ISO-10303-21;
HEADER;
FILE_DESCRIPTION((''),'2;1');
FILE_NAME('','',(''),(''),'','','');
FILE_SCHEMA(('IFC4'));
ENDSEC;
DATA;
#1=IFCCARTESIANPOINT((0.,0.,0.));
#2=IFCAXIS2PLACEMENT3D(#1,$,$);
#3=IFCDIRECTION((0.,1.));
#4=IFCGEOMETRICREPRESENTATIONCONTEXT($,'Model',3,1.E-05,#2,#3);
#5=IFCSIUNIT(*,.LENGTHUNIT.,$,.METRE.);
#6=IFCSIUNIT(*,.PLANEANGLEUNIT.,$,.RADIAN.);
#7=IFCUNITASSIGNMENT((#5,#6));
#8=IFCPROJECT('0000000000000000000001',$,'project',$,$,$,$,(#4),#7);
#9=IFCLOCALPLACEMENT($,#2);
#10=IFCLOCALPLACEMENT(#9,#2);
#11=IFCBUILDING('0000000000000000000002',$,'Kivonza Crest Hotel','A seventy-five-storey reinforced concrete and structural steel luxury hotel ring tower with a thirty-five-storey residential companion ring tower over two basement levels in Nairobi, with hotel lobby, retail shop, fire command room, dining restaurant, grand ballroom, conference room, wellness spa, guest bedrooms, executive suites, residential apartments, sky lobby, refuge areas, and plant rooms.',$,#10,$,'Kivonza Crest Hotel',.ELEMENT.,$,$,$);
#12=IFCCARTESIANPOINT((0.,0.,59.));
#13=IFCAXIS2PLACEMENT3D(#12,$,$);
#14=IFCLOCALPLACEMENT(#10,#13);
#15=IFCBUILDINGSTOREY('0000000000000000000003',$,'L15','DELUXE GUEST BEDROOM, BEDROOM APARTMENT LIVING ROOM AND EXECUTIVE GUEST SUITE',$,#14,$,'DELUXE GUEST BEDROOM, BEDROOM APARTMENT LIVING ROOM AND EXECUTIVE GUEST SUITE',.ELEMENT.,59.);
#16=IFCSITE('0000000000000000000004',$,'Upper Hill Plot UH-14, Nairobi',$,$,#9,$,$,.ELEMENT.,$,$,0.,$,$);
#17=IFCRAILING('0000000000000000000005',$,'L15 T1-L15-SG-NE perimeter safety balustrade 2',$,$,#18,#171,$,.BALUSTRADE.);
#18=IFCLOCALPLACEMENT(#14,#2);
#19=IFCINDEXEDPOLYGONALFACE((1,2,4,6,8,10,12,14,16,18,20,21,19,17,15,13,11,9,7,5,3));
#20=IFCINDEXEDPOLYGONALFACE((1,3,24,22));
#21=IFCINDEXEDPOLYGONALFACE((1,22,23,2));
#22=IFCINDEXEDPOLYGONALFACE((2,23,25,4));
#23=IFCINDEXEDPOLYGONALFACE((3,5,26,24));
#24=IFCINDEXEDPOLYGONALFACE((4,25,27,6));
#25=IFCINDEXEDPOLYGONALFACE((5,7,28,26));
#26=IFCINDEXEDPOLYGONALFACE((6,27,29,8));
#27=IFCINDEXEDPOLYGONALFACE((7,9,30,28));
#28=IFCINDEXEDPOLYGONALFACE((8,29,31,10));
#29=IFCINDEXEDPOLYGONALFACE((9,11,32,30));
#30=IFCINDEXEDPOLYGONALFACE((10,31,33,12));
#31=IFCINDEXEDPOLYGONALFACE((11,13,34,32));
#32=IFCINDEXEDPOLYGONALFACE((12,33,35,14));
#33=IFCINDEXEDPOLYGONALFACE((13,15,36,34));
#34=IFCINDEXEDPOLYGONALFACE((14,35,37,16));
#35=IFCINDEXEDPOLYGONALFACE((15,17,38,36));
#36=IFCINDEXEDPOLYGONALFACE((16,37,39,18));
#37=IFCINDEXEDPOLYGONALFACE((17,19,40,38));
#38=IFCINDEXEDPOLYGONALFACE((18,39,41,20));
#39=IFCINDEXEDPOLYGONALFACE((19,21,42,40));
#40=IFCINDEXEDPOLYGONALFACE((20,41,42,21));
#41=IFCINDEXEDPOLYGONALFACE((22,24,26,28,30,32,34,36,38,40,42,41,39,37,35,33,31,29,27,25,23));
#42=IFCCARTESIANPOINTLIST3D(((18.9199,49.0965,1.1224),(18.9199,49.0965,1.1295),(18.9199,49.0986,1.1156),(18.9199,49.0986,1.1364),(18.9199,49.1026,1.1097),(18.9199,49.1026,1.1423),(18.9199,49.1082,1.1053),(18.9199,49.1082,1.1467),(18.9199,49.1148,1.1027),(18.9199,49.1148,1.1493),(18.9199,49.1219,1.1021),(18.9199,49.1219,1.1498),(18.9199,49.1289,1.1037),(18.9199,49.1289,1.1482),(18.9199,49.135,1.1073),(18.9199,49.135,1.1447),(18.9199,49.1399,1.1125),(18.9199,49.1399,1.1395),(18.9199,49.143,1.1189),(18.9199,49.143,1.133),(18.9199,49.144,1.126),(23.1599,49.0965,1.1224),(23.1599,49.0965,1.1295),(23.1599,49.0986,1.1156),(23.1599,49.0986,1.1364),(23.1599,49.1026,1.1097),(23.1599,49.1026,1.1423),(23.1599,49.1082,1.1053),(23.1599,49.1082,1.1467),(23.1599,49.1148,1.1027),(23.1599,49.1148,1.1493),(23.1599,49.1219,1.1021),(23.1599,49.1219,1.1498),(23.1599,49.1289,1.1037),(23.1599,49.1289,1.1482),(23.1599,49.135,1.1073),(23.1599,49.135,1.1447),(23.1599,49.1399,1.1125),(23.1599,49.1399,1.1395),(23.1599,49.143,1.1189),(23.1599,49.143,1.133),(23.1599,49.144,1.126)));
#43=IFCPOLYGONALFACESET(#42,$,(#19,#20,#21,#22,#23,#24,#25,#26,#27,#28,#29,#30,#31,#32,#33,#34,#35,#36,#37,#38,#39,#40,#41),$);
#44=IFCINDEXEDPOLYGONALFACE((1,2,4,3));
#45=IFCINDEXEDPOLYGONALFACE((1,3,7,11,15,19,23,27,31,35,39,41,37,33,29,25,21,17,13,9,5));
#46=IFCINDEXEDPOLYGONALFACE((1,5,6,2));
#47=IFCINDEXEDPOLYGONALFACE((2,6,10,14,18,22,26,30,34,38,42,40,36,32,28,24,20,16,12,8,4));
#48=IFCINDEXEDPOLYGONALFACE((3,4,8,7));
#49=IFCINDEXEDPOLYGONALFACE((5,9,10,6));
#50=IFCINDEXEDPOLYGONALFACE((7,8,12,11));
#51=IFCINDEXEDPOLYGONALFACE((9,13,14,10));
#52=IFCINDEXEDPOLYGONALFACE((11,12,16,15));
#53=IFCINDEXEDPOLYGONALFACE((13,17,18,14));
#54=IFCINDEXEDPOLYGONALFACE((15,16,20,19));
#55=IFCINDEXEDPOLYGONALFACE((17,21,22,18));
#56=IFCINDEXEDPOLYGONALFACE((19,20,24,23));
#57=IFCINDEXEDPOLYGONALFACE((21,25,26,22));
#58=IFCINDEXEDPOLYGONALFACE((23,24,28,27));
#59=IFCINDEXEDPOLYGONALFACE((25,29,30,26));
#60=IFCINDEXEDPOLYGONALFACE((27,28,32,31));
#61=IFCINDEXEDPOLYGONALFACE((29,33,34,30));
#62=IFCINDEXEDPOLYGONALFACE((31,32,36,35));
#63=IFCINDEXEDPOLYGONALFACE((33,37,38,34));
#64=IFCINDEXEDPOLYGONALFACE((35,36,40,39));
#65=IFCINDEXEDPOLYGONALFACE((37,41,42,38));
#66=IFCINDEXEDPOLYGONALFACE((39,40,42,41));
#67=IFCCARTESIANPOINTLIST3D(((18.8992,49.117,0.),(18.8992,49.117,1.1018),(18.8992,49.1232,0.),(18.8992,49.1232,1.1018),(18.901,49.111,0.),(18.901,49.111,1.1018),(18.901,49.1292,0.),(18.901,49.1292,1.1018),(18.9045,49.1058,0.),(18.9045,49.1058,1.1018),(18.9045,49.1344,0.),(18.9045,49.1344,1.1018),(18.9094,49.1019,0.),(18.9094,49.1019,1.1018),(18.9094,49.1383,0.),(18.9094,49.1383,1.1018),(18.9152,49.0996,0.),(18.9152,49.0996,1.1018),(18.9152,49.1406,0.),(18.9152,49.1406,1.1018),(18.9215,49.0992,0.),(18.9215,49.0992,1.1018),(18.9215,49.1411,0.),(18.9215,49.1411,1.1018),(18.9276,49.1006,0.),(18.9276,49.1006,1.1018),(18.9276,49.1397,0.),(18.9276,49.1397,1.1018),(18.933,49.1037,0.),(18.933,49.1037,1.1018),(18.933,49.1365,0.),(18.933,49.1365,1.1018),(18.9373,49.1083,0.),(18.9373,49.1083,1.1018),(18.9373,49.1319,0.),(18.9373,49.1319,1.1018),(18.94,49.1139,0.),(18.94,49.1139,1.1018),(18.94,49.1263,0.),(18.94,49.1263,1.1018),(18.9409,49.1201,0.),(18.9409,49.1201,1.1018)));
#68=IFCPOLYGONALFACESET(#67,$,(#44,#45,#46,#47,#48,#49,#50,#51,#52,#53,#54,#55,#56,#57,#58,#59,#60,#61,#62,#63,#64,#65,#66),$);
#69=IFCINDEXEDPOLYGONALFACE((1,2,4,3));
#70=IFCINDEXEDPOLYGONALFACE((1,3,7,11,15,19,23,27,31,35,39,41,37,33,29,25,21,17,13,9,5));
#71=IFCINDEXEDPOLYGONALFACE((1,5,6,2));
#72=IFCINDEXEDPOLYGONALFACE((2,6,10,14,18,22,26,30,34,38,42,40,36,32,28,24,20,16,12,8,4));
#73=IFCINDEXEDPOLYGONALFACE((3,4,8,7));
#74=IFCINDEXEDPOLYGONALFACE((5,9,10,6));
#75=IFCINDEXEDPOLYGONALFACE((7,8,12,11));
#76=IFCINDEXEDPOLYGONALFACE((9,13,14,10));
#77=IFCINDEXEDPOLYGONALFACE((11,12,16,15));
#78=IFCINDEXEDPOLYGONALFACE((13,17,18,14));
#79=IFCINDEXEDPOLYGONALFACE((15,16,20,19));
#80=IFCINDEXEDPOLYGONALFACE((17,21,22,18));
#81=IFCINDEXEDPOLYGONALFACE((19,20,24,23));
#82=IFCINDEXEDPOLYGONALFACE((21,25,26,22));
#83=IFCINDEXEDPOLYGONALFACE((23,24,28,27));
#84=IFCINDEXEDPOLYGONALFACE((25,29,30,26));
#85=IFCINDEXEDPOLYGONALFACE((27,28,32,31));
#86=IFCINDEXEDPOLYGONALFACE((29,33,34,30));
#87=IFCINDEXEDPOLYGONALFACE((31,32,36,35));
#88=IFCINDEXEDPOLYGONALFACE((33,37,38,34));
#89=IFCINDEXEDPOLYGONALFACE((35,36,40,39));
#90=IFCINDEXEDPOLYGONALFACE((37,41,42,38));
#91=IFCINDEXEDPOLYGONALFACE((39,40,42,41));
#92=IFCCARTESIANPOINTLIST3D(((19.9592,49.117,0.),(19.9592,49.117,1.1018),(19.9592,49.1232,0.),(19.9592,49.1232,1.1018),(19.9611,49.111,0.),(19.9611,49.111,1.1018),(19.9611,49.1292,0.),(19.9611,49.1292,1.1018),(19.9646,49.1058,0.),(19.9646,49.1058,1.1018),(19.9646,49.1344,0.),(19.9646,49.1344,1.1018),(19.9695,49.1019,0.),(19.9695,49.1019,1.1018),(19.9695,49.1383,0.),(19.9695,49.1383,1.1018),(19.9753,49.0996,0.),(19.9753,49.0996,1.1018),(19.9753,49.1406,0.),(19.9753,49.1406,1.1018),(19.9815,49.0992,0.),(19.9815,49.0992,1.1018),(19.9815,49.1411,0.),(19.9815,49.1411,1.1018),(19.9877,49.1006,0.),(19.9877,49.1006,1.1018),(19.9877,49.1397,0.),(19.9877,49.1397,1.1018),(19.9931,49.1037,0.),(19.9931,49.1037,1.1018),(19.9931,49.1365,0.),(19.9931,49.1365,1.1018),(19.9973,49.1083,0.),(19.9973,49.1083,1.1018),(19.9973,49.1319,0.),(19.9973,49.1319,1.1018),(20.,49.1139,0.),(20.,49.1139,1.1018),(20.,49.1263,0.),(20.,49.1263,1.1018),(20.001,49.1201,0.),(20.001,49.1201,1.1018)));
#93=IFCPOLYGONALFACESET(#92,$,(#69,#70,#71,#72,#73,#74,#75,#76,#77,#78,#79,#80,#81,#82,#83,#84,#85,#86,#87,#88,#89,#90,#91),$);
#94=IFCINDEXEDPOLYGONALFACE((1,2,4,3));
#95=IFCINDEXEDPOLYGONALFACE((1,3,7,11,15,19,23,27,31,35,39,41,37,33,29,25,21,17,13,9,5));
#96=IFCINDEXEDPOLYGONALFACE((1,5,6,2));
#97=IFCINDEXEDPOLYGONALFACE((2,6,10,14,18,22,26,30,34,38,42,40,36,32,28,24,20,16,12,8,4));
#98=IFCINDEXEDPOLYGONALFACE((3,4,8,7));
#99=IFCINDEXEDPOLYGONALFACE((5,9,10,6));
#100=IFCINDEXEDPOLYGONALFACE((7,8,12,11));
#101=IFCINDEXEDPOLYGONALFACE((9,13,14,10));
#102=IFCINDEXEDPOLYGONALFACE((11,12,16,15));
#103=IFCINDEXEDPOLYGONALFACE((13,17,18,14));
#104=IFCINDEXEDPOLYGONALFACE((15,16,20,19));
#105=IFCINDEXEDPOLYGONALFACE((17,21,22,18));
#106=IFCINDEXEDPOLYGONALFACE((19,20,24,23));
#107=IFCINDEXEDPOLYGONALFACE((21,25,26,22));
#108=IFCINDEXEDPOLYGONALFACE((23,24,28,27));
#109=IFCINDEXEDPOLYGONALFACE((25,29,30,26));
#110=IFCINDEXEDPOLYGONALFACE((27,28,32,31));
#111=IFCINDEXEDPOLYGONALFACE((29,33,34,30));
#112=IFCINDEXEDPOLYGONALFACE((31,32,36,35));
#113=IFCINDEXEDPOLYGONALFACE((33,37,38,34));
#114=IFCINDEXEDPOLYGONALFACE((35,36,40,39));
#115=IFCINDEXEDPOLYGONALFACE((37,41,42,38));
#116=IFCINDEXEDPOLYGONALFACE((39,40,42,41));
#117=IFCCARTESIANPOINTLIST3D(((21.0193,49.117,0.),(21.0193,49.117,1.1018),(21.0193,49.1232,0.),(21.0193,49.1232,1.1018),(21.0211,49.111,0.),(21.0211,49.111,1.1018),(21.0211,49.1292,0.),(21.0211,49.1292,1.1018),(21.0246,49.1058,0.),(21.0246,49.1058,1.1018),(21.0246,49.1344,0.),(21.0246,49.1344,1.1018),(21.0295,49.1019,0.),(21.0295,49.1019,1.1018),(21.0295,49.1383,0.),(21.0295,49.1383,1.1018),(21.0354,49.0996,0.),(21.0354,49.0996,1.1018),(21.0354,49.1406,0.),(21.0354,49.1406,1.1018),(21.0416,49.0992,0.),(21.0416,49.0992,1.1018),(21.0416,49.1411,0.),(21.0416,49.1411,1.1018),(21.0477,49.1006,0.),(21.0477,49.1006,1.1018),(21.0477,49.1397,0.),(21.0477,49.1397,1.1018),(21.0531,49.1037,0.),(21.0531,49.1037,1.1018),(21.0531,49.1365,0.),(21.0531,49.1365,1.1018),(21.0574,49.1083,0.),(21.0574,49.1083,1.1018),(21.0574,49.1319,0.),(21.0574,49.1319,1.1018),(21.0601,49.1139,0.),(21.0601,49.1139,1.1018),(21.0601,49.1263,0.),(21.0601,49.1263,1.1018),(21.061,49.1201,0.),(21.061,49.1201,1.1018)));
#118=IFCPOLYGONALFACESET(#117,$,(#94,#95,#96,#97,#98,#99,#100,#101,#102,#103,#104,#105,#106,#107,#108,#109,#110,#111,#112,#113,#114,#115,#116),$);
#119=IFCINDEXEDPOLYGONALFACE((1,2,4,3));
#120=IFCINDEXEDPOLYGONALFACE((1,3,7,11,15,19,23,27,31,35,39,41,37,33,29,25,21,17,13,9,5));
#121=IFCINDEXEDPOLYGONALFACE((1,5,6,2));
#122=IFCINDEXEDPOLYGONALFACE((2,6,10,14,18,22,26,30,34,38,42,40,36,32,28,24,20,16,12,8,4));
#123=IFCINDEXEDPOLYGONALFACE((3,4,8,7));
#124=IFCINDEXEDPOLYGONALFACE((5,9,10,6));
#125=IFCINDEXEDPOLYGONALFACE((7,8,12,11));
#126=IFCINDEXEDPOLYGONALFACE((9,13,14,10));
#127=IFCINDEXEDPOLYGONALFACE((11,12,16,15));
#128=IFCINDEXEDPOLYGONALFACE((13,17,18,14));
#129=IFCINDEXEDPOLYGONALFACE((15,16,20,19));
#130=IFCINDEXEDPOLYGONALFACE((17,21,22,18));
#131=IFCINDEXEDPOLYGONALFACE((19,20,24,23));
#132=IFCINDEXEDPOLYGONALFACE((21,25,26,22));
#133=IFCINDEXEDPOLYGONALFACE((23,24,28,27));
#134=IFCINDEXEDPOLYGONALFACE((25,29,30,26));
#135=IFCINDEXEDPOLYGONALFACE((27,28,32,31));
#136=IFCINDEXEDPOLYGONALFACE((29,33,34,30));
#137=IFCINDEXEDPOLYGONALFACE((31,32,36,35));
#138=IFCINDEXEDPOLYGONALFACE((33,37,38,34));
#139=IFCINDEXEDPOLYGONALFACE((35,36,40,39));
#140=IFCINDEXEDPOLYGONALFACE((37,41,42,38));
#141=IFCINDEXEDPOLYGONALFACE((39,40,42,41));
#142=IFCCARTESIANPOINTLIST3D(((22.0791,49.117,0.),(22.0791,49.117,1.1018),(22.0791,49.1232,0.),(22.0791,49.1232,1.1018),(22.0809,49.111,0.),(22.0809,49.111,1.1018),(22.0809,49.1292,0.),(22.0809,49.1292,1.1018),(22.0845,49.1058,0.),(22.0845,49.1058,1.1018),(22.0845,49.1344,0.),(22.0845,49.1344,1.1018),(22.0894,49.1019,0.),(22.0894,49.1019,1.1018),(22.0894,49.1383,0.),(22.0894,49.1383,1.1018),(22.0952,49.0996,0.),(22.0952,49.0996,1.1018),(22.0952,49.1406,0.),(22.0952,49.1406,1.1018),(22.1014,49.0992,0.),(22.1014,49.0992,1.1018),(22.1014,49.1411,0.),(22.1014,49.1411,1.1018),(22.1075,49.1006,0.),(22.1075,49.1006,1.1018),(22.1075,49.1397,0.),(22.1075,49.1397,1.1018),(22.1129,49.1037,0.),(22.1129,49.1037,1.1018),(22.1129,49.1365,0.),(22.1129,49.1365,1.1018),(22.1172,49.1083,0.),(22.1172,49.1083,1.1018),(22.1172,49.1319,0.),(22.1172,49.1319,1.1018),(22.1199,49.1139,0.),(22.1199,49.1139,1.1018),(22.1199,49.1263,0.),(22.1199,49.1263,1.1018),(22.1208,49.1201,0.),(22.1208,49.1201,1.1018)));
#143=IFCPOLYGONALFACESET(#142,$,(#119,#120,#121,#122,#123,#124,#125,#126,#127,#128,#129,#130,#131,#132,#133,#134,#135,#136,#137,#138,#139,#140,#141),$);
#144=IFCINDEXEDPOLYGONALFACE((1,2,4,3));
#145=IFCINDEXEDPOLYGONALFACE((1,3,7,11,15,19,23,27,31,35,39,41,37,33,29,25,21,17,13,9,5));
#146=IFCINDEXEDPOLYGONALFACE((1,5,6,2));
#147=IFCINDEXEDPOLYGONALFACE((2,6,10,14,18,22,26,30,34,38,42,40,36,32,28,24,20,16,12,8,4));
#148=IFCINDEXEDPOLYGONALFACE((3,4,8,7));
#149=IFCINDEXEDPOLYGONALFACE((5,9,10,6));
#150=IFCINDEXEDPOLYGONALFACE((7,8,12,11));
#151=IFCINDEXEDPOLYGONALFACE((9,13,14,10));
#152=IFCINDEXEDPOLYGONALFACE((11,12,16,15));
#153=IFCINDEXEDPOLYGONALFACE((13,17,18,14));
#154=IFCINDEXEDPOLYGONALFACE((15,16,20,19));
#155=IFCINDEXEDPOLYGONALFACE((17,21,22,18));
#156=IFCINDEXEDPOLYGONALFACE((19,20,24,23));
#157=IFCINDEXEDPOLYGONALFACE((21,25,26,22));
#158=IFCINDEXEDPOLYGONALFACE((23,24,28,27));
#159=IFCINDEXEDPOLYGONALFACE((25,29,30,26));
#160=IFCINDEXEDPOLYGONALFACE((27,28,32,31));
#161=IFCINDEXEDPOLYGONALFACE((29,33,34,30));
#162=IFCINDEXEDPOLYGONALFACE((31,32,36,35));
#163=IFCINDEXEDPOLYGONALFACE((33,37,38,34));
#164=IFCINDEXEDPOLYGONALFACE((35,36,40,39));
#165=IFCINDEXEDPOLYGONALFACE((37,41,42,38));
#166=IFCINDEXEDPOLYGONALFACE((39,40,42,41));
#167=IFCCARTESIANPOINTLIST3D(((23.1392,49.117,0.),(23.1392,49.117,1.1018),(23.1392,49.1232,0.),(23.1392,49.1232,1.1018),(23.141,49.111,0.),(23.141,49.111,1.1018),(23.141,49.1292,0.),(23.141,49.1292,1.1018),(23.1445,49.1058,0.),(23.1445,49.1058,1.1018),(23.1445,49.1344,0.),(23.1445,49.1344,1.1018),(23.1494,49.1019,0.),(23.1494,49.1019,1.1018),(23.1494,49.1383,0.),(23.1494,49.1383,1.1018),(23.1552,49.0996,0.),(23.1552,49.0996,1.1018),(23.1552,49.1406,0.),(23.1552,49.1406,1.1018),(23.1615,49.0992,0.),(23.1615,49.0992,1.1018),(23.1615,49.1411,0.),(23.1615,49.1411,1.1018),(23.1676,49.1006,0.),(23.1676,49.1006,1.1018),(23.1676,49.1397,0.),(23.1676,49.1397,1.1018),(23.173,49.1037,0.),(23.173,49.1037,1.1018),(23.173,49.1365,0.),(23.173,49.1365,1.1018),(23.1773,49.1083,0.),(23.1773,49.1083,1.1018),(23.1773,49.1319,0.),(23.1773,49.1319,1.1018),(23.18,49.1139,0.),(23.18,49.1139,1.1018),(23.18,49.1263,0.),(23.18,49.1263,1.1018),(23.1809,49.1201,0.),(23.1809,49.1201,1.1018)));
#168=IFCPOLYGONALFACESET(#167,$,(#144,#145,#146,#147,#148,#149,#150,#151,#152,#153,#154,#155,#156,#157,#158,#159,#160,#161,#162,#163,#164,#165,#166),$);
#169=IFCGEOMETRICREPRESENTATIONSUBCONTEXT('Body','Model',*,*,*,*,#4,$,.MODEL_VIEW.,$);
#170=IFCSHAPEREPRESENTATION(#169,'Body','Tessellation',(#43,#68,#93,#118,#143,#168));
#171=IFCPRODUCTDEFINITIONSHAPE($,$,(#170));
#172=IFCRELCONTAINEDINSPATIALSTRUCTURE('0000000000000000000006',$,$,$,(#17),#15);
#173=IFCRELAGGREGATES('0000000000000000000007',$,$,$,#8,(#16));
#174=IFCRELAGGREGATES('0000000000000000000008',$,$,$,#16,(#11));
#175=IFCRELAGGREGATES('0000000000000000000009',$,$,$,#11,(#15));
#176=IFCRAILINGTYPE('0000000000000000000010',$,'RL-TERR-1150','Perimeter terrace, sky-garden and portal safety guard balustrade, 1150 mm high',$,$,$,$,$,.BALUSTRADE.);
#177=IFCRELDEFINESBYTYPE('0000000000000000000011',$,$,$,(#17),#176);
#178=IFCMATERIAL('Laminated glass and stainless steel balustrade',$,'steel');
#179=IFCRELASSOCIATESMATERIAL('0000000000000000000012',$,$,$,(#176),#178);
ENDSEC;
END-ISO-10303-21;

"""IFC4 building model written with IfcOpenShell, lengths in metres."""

from ifc_helpers import new_model, si_unit, direction, frame, origin, origin_2d, place, context, subcontext, project, spatial, circle, extrude, material, type_object, element, save


model = new_model("IFC4")

# Units and contexts
model_context = context("Model", 3, precision=1e-05, world=origin(), true_north=direction((0.0, 1.0)))
body_context = subcontext(model_context, "Body", "Model", "MODEL_VIEW")
ifc_project = project(units=[si_unit("LENGTHUNIT", "METRE"), si_unit("PLANEANGLEUNIT", "RADIAN")], contexts=[model_context])

# Site, building, storey
site_placement = place(None, origin())
site = spatial("IfcSite", under=ifc_project, at=site_placement, Name="Upper Hill Plot UH-14, Nairobi", CompositionType="ELEMENT", RefElevation=0.0)
building_placement = place(site_placement, origin())
building = spatial("IfcBuilding", under=site, at=building_placement, Name="Kivonza Crest Hotel", Description="A seventy-five-storey reinforced concrete and structural steel luxury hotel ring tower with a thirty-five-storey residential companion ring tower over two basement levels in Nairobi, with hotel lobby, retail shop, fire command room, dining restaurant, grand ballroom, conference room, wellness spa, guest bedrooms, executive suites, residential apartments, sky lobby, refuge areas, and plant rooms.", LongName="Kivonza Crest Hotel", CompositionType="ELEMENT")
storey_placement = place(building_placement, frame((0.0, 0.0, 59.0)))
storey = spatial("IfcBuildingStorey", under=building, at=storey_placement, Name="L15", Description="DELUXE GUEST BEDROOM, BEDROOM APARTMENT LIVING ROOM AND EXECUTIVE GUEST SUITE", LongName="DELUXE GUEST BEDROOM, BEDROOM APARTMENT LIVING ROOM AND EXECUTIVE GUEST SUITE", CompositionType="ELEMENT", Elevation=59.0)

# Railing
ifc_material_1 = material(Name="Laminated glass and stainless steel balustrade", Category="steel")
railing_type = type_object("IfcRailingType", Name="RL-TERR-1150", Description="Perimeter terrace, sky-garden and portal safety guard balustrade, 1150 mm high", PredefinedType="BALUSTRADE", material=ifc_material_1)
railing_1_placement = place(storey_placement, frame((18.9199, 49.1201, 0.0)))
element("IfcRailing", 1, at=railing_1_placement, inside=storey, type_object=railing_type, Name="L15 T1-L15-SG-NE perimeter safety balustrade 2", PredefinedType="BALUSTRADE", context=body_context, shape_type="SweptSolid", body=[
    extrude(circle(Radius=0.0239, at=origin_2d()), frame((0.0, 0.0, 1.126), z_axis=(1.0, 0.0, 0.0), x_axis=(0.0, 1.0, 0.0)), (0.0, 0.0, 1.0), 4.24),
    extrude(circle(Radius=0.021, at=origin_2d()), origin(), (0.0, 0.0, 1.0), 1.1018),
    extrude(circle(Radius=0.021, at=origin_2d()), frame((1.0601, 0.0, 0.0)), (0.0, 0.0, 1.0), 1.1018),
    extrude(circle(Radius=0.021, at=origin_2d()), frame((2.1201, 0.0, 0.0)), (0.0, 0.0, 1.0), 1.1018),
    extrude(circle(Radius=0.021, at=origin_2d()), frame((3.1799, 0.0, 0.0)), (0.0, 0.0, 1.0), 1.1018),
    extrude(circle(Radius=0.021, at=origin_2d()), frame((4.24, 0.0, 0.0)), (0.0, 0.0, 1.0), 1.1018),
])

save(model, "model.ifc")
